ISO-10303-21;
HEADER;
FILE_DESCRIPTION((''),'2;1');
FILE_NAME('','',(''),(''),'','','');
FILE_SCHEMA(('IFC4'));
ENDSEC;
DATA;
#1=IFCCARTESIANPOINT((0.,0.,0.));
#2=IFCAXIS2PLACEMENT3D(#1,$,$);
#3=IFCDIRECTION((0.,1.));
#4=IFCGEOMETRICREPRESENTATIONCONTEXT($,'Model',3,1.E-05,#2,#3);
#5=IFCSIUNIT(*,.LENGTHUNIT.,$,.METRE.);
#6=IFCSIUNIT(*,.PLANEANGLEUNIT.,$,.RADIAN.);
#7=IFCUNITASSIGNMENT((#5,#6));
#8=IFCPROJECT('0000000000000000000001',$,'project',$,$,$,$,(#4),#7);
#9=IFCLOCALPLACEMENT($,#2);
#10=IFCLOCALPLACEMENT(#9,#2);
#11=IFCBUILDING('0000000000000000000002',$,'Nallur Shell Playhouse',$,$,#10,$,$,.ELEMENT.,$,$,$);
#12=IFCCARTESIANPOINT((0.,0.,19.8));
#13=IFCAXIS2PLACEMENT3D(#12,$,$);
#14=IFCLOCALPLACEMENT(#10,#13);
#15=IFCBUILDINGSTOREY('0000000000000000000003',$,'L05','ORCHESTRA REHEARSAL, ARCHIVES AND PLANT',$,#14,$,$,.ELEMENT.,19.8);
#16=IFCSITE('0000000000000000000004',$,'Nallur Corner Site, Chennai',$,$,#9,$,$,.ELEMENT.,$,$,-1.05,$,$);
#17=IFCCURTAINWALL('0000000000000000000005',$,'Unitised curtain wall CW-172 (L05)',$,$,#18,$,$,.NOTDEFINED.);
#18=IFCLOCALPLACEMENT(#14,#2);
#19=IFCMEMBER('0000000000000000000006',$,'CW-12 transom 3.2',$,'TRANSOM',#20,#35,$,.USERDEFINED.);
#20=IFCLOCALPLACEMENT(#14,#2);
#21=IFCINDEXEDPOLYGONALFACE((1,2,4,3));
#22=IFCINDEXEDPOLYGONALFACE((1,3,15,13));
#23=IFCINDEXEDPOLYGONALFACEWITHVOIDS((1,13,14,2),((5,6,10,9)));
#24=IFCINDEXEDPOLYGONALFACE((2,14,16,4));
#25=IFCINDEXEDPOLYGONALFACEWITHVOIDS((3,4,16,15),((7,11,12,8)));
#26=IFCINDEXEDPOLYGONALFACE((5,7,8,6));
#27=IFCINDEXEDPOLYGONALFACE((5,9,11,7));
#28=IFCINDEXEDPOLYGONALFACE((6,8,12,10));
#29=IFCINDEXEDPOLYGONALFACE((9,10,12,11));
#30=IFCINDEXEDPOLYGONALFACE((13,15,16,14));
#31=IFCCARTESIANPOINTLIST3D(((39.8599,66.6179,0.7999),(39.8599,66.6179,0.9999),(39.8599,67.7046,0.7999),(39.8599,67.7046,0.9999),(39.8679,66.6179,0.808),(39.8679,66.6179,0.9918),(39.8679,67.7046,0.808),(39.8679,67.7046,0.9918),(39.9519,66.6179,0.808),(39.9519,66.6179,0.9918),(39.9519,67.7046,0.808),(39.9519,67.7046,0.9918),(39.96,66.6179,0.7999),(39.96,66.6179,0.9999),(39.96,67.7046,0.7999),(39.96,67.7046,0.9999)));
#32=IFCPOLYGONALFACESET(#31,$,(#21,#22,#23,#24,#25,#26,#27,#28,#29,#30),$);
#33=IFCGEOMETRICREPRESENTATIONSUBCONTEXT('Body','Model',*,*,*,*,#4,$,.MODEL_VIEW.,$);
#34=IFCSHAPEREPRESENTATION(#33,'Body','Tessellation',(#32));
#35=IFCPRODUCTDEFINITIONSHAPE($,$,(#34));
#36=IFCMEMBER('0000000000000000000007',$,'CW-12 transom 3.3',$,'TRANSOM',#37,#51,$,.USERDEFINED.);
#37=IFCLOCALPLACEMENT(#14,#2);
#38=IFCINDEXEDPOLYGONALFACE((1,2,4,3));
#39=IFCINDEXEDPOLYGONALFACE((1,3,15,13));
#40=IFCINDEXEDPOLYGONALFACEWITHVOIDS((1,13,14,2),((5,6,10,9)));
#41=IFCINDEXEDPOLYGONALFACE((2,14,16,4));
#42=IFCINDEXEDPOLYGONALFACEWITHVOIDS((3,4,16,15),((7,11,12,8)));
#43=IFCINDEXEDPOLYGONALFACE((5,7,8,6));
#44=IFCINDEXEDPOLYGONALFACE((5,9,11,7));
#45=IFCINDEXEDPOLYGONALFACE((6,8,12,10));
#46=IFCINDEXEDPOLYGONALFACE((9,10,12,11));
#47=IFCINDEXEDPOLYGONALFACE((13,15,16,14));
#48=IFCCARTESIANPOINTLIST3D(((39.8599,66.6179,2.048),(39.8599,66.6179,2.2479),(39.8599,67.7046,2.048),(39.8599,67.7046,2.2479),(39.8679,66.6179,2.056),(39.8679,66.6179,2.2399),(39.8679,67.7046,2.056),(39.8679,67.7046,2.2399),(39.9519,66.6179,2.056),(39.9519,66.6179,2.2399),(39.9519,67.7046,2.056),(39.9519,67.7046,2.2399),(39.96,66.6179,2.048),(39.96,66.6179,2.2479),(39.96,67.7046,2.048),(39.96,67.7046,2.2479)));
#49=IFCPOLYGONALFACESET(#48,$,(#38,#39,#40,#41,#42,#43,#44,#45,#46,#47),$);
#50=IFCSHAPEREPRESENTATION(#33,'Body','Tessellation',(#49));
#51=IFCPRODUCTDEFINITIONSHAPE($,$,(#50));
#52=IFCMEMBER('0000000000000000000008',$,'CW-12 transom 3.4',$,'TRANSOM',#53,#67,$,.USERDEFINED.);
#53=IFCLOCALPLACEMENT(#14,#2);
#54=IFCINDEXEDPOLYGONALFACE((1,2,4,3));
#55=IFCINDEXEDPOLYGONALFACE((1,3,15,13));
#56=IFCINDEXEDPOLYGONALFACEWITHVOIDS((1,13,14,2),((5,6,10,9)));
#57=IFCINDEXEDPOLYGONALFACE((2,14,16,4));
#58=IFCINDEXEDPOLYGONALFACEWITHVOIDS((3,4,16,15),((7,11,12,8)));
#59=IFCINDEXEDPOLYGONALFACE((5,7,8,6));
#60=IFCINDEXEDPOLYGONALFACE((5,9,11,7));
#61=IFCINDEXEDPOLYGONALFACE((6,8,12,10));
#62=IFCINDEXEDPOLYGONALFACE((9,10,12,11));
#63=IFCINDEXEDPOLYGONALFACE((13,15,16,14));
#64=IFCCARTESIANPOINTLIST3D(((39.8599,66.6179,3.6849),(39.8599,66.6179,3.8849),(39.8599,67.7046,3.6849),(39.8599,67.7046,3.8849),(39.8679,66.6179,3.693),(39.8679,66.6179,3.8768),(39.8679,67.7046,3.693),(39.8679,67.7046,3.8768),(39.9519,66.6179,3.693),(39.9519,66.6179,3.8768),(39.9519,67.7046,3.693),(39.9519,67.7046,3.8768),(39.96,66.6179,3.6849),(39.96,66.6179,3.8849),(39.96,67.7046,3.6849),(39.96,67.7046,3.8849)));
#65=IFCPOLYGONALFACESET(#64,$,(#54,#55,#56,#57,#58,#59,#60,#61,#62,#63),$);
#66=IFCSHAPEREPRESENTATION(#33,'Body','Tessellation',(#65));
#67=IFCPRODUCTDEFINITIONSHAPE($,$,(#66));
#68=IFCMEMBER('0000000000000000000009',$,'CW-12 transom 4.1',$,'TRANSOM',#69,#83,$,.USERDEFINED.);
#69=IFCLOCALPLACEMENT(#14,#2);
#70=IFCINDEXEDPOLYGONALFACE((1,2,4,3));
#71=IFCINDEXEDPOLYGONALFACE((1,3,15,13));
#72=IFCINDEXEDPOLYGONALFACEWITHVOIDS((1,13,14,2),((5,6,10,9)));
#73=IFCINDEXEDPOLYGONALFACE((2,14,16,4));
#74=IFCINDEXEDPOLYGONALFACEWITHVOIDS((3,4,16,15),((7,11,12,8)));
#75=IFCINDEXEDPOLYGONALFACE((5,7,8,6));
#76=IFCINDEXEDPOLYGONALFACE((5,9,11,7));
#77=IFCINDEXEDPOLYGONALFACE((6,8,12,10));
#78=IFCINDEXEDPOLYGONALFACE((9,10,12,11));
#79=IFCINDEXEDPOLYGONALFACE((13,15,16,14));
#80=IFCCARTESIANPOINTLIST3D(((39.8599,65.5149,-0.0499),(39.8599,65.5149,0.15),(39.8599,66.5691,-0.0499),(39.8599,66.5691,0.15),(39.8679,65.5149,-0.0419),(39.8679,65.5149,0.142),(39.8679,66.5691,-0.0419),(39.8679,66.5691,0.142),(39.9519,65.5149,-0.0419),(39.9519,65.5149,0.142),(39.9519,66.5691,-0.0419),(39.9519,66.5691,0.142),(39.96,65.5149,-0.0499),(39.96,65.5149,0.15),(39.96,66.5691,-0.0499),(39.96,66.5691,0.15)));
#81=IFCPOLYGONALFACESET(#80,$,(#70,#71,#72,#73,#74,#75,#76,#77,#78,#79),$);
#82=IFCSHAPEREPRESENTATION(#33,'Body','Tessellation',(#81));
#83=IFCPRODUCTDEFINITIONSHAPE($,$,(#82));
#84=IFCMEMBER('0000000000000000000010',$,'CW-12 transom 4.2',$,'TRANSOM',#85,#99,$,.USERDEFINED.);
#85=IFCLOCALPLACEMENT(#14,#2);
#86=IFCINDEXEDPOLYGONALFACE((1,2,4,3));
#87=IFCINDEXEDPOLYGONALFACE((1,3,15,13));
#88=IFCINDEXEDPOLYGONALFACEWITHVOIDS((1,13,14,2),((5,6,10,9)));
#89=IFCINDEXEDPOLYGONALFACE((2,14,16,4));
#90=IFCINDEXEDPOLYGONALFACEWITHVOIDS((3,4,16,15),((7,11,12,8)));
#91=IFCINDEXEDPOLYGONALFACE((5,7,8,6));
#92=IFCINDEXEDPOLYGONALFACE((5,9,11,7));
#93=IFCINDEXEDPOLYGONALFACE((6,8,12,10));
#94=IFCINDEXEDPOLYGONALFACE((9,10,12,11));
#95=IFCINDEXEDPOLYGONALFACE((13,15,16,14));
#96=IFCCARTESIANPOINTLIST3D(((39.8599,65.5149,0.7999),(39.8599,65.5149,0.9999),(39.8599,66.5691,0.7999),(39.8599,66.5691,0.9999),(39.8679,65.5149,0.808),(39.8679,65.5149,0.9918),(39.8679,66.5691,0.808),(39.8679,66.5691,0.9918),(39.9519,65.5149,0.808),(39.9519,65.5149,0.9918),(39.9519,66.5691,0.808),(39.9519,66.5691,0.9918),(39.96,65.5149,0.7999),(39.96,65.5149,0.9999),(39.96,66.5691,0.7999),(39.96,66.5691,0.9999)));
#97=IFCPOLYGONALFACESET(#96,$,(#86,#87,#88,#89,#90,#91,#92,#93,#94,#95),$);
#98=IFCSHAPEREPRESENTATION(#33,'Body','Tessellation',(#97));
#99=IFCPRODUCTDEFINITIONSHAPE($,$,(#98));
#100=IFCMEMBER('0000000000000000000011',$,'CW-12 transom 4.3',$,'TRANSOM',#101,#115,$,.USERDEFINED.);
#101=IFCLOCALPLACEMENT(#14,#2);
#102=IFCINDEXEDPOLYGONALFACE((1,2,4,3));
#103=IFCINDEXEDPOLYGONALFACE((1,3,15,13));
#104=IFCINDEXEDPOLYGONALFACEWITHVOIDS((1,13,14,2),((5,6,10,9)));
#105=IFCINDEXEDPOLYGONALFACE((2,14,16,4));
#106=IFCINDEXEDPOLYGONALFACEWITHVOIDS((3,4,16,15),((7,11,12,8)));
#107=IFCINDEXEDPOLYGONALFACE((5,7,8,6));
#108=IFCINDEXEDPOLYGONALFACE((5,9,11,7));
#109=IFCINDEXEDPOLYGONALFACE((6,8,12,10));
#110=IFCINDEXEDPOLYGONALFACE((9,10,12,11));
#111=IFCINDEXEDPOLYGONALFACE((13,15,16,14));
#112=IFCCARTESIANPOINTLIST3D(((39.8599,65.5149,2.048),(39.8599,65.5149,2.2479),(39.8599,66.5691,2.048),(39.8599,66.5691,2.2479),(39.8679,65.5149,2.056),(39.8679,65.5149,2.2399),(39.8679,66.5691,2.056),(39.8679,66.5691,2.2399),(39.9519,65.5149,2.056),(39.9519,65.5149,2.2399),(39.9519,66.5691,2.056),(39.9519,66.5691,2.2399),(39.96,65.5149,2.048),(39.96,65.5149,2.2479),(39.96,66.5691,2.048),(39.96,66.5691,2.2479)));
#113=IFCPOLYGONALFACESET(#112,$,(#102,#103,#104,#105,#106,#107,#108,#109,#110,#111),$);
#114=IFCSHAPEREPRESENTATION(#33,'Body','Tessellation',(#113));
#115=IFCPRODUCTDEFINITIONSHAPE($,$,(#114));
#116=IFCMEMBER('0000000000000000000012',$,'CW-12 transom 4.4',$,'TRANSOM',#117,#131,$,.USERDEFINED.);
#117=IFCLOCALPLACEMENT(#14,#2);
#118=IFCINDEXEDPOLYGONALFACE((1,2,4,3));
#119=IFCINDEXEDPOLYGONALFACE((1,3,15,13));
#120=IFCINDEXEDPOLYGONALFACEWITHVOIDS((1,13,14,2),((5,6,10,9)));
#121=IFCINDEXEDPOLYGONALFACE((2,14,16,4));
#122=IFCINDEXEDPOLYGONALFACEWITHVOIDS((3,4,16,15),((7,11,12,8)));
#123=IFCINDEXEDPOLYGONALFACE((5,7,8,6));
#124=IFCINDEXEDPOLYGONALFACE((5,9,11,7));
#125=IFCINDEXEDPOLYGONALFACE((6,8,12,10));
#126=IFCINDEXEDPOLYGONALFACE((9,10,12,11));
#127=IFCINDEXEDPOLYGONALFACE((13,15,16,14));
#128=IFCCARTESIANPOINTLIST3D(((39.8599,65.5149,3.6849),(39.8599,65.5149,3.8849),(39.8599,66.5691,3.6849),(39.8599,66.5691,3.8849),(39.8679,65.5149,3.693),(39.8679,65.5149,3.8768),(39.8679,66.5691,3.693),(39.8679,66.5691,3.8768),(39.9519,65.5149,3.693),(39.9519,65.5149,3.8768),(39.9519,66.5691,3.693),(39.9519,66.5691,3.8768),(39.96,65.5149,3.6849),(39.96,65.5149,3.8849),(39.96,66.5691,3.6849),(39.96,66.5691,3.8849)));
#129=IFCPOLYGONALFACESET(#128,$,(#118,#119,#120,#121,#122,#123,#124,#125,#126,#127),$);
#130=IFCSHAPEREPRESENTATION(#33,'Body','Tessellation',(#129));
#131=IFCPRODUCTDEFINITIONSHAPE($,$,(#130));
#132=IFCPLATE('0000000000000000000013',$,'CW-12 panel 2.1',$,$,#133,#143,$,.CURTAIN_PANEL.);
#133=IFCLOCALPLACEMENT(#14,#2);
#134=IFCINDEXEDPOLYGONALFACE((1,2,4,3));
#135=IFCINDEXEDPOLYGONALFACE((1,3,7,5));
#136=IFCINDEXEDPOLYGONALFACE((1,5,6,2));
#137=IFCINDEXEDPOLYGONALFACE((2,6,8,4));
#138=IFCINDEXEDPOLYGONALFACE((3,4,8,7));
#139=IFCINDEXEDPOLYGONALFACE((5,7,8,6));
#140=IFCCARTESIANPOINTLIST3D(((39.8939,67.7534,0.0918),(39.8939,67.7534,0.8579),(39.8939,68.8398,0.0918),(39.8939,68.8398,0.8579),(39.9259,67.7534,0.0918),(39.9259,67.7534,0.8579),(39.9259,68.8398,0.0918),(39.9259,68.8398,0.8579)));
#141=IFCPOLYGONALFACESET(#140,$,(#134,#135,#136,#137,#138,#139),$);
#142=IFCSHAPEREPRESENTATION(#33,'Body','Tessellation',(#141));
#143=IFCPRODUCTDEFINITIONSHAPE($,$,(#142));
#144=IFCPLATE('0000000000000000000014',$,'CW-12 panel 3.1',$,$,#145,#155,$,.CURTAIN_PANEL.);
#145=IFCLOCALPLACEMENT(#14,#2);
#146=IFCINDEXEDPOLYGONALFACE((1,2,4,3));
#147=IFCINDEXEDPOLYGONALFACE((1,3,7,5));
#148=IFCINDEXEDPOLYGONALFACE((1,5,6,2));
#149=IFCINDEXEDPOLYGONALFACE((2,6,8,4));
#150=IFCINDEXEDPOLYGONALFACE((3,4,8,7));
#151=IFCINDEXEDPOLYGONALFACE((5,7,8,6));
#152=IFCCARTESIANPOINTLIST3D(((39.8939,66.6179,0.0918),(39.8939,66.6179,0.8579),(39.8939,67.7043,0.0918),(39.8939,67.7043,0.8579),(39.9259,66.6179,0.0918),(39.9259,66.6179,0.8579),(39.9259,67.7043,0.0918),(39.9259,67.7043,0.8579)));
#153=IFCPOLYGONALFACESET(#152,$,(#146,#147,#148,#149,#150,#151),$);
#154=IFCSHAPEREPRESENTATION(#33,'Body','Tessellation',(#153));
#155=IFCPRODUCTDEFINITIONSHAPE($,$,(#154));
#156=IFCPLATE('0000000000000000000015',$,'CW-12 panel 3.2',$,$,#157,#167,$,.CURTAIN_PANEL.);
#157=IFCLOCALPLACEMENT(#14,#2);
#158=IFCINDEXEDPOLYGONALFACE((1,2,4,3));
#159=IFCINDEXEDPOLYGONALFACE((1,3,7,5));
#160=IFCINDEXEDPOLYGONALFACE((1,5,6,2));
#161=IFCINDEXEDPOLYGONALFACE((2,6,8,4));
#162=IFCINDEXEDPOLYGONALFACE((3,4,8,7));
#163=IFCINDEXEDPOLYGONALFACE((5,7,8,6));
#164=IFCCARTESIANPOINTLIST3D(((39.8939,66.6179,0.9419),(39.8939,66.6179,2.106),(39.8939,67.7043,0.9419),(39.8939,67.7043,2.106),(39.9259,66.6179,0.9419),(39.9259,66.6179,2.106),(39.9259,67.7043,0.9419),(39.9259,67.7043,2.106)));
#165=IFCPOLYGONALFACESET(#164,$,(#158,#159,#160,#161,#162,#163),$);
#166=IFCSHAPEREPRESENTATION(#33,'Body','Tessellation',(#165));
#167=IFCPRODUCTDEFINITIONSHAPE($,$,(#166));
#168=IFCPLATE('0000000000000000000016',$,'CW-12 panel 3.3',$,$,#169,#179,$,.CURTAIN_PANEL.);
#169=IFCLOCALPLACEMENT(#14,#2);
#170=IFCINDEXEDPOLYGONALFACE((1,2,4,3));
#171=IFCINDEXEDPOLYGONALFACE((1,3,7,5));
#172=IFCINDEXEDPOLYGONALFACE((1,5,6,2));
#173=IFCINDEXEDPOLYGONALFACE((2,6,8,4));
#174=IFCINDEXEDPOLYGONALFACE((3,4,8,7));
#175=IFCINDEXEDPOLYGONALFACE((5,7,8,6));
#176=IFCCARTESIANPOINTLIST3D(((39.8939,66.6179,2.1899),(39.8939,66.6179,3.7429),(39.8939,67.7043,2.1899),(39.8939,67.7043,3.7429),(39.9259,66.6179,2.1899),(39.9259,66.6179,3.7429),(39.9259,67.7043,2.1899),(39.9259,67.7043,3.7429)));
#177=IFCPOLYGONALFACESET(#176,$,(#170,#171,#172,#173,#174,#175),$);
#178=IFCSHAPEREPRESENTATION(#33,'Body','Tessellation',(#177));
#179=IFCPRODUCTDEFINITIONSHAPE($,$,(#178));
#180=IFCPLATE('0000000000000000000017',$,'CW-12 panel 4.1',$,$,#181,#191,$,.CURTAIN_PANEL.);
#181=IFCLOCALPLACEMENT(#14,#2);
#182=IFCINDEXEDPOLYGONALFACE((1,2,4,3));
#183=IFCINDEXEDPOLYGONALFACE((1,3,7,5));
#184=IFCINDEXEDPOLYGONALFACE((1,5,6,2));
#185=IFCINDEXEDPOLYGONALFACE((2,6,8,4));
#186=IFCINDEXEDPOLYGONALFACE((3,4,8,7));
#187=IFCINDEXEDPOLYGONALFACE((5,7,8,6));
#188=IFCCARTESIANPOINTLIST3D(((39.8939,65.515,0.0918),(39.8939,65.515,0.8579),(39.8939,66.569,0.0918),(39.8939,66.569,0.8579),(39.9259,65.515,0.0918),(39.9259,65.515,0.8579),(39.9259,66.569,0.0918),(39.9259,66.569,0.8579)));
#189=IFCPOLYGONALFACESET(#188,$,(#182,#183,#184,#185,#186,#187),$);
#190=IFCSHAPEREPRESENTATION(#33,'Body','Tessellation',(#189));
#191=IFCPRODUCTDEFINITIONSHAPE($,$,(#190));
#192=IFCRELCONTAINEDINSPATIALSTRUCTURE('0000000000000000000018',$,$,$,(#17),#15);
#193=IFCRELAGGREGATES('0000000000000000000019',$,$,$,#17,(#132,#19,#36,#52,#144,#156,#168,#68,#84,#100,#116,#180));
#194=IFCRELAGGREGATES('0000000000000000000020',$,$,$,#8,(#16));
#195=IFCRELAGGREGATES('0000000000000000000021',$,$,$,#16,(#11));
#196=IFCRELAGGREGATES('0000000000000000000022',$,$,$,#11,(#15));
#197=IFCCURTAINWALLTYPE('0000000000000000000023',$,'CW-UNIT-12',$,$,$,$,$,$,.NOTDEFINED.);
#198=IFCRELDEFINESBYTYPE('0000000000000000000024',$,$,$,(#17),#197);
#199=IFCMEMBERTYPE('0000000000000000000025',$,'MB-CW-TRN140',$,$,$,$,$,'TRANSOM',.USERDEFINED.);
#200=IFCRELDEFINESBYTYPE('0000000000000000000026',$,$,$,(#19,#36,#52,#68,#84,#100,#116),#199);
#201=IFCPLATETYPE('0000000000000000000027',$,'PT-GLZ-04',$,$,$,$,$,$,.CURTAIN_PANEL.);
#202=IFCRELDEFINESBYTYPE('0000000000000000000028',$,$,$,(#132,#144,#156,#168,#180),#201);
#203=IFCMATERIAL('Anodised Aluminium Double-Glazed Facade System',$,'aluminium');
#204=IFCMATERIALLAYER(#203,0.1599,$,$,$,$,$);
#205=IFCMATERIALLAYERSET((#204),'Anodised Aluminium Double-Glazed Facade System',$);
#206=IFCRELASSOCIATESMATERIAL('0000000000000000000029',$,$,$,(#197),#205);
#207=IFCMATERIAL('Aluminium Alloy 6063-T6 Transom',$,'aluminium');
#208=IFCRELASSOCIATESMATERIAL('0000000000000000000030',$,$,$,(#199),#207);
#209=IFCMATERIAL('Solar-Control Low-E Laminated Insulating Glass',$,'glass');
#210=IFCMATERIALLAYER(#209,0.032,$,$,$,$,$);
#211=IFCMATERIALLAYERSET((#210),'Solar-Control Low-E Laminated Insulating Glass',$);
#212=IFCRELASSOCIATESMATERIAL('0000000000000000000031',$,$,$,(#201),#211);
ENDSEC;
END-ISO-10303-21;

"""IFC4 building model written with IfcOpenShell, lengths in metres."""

from ifc_helpers import new_model, si_unit, direction, frame, origin, origin_2d, place, context, subcontext, project, spatial, rectangle, hollow_rectangle, extrude, material, layer, layer_set, material_profile, profile_set, type_object, element, aggregate, save


model = new_model("IFC4")

# Units and contexts
model_context = context("Model", 3, precision=1e-05, world=origin(), true_north=direction((0.0, 1.0)))
body_context = subcontext(model_context, "Body", "Model", "MODEL_VIEW")
ifc_project = project(units=[si_unit("LENGTHUNIT", "METRE"), si_unit("PLANEANGLEUNIT", "RADIAN")], contexts=[model_context])

# Site, building, storey
site_placement = place(None, origin())
site = spatial("IfcSite", under=ifc_project, at=site_placement, Name="Nallur Corner Site, Chennai", CompositionType="ELEMENT", RefElevation=-1.05)
building_placement = place(site_placement, origin())
building = spatial("IfcBuilding", under=site, at=building_placement, Name="Nallur Shell Playhouse", CompositionType="ELEMENT")
storey_placement = place(building_placement, frame((0.0, 0.0, 19.8)))
storey = spatial("IfcBuildingStorey", under=building, at=storey_placement, Name="L05", Description="ORCHESTRA REHEARSAL, ARCHIVES AND PLANT", CompositionType="ELEMENT", Elevation=19.8)

# Curtain wall, members, plates
ifc_material_1 = material(Name="Anodised Aluminium Double-Glazed Facade System", Category="aluminium")
ifc_layer_1 = layer(ifc_material_1, 0.1599)
ifc_layer_set_1 = layer_set([ifc_layer_1], Name="Anodised Aluminium Double-Glazed Facade System")
curtain_wall_type = type_object("IfcCurtainWallType", Name="CW-UNIT-12", PredefinedType="NOTDEFINED", material=ifc_layer_set_1)
curtain_wall_placement = place(storey_placement, origin())
curtain_wall = element("IfcCurtainWall", 1, at=curtain_wall_placement, inside=storey, type_object=curtain_wall_type, Name="Unitised curtain wall CW-172 (L05)", PredefinedType="NOTDEFINED")
ifc_material_2 = material(Name="Aluminium Alloy 6063-T6 Transom", Category="aluminium")
ifc_material_profile_1 = material_profile(ifc_material_2, hollow_rectangle(XDim=0.1001, YDim=0.2, WallThickness=0.0081, at=origin_2d()), Name="RHS 200x100x8")
ifc_profile_set_1 = profile_set([ifc_material_profile_1], Name="Aluminium Alloy 6063-T6 Transom")
member_type_1 = type_object("IfcMemberType", Name="MB-CW-TRN140", ElementType="TRANSOM", PredefinedType="USERDEFINED", material=ifc_profile_set_1)
member_1_placement = place(storey_placement, frame((39.9099, 67.7046, 0.8999), z_axis=(0.0, -1.0, 0.0), x_axis=(1.0, 0.0, 0.0)))
member_1 = element("IfcMember", 2, at=member_1_placement, type_object=member_type_1, Name="CW-12 transom 3.2", ObjectType="TRANSOM", PredefinedType="USERDEFINED", context=body_context, shape_type="SweptSolid", body=[
    extrude(hollow_rectangle(XDim=0.1001, YDim=0.2, WallThickness=0.0081, at=origin_2d()), origin(), (0.0, 0.0, 1.0), 1.0867),
])
member_2_placement = place(storey_placement, frame((39.9099, 67.7046, 2.1479), z_axis=(0.0, -1.0, 0.0), x_axis=(1.0, 0.0, 0.0)))
member_2 = element("IfcMember", 3, at=member_2_placement, type_object=member_type_1, Name="CW-12 transom 3.3", ObjectType="TRANSOM", PredefinedType="USERDEFINED", context=body_context, shape_type="SweptSolid", body=[
    extrude(hollow_rectangle(XDim=0.1001, YDim=0.2, WallThickness=0.0081, at=origin_2d()), origin(), (0.0, 0.0, 1.0), 1.0867),
])
member_3_placement = place(storey_placement, frame((39.9099, 67.7046, 3.7849), z_axis=(0.0, -1.0, 0.0), x_axis=(1.0, 0.0, 0.0)))
member_3 = element("IfcMember", 4, at=member_3_placement, type_object=member_type_1, Name="CW-12 transom 3.4", ObjectType="TRANSOM", PredefinedType="USERDEFINED", context=body_context, shape_type="SweptSolid", body=[
    extrude(hollow_rectangle(XDim=0.1001, YDim=0.2, WallThickness=0.0081, at=origin_2d()), origin(), (0.0, 0.0, 1.0), 1.0867),
])
member_4_placement = place(storey_placement, frame((39.9099, 66.5691, 0.05), z_axis=(0.0, -1.0, 0.0), x_axis=(1.0, 0.0, 0.0)))
member_4 = element("IfcMember", 5, at=member_4_placement, type_object=member_type_1, Name="CW-12 transom 4.1", ObjectType="TRANSOM", PredefinedType="USERDEFINED", context=body_context, shape_type="SweptSolid", body=[
    extrude(hollow_rectangle(XDim=0.1001, YDim=0.2, WallThickness=0.0081, at=origin_2d()), origin(), (0.0, 0.0, 1.0), 1.0542),
])
member_5_placement = place(storey_placement, frame((39.9099, 66.5691, 0.8999), z_axis=(0.0, -1.0, 0.0), x_axis=(1.0, 0.0, 0.0)))
member_5 = element("IfcMember", 6, at=member_5_placement, type_object=member_type_1, Name="CW-12 transom 4.2", ObjectType="TRANSOM", PredefinedType="USERDEFINED", context=body_context, shape_type="SweptSolid", body=[
    extrude(hollow_rectangle(XDim=0.1001, YDim=0.2, WallThickness=0.0081, at=origin_2d()), origin(), (0.0, 0.0, 1.0), 1.0542),
])
member_6_placement = place(storey_placement, frame((39.9099, 66.5691, 2.1479), z_axis=(0.0, -1.0, 0.0), x_axis=(1.0, 0.0, 0.0)))
member_6 = element("IfcMember", 7, at=member_6_placement, type_object=member_type_1, Name="CW-12 transom 4.3", ObjectType="TRANSOM", PredefinedType="USERDEFINED", context=body_context, shape_type="SweptSolid", body=[
    extrude(hollow_rectangle(XDim=0.1001, YDim=0.2, WallThickness=0.0081, at=origin_2d()), origin(), (0.0, 0.0, 1.0), 1.0542),
])
member_7_placement = place(storey_placement, frame((39.9099, 66.5691, 3.7849), z_axis=(0.0, -1.0, 0.0), x_axis=(1.0, 0.0, 0.0)))
member_7 = element("IfcMember", 8, at=member_7_placement, type_object=member_type_1, Name="CW-12 transom 4.4", ObjectType="TRANSOM", PredefinedType="USERDEFINED", context=body_context, shape_type="SweptSolid", body=[
    extrude(hollow_rectangle(XDim=0.1001, YDim=0.2, WallThickness=0.0081, at=origin_2d()), origin(), (0.0, 0.0, 1.0), 1.0542),
])
ifc_material_3 = material(Name="Solar-Control Low-E Laminated Insulating Glass", Category="glass")
ifc_layer_2 = layer(ifc_material_3, 0.032)
ifc_layer_set_2 = layer_set([ifc_layer_2], Name="Solar-Control Low-E Laminated Insulating Glass")
plate_type_1 = type_object("IfcPlateType", Name="PT-GLZ-04", PredefinedType="CURTAIN_PANEL", material=ifc_layer_set_2)
plate_1_placement = place(storey_placement, frame((39.9099, 68.2966, 0.0918), z_axis=(0.0, 0.0, 1.0), x_axis=(0.0, -1.0, 0.0)))
plate_1 = element("IfcPlate", 9, at=plate_1_placement, type_object=plate_type_1, Name="CW-12 panel 2.1", PredefinedType="CURTAIN_PANEL", context=body_context, shape_type="SweptSolid", body=[
    extrude(rectangle(XDim=1.0864, YDim=0.032, at=origin_2d()), origin(), (0.0, 0.0, 1.0), 0.7661),
])
plate_2_placement = place(storey_placement, frame((39.9099, 67.1611, 0.0918), z_axis=(0.0, 0.0, 1.0), x_axis=(0.0, -1.0, 0.0)))
plate_2 = element("IfcPlate", 10, at=plate_2_placement, type_object=plate_type_1, Name="CW-12 panel 3.1", PredefinedType="CURTAIN_PANEL", context=body_context, shape_type="SweptSolid", body=[
    extrude(rectangle(XDim=1.0864, YDim=0.032, at=origin_2d()), origin(), (0.0, 0.0, 1.0), 0.7661),
])
plate_3_placement = place(storey_placement, frame((39.9099, 67.1611, 0.9419), z_axis=(0.0, 0.0, 1.0), x_axis=(0.0, -1.0, 0.0)))
plate_3 = element("IfcPlate", 11, at=plate_3_placement, type_object=plate_type_1, Name="CW-12 panel 3.2", PredefinedType="CURTAIN_PANEL", context=body_context, shape_type="SweptSolid", body=[
    extrude(rectangle(XDim=1.0864, YDim=0.032, at=origin_2d()), origin(), (0.0, 0.0, 1.0), 1.1641),
])
plate_4_placement = place(storey_placement, frame((39.9099, 67.1611, 2.1899), z_axis=(0.0, 0.0, 1.0), x_axis=(0.0, -1.0, 0.0)))
plate_4 = element("IfcPlate", 12, at=plate_4_placement, type_object=plate_type_1, Name="CW-12 panel 3.3", PredefinedType="CURTAIN_PANEL", context=body_context, shape_type="SweptSolid", body=[
    extrude(rectangle(XDim=1.0864, YDim=0.032, at=origin_2d()), origin(), (0.0, 0.0, 1.0), 1.553),
])
plate_5_placement = place(storey_placement, frame((39.9099, 66.042, 0.0918), z_axis=(0.0, 0.0, 1.0), x_axis=(0.0, -1.0, 0.0)))
plate_5 = element("IfcPlate", 13, at=plate_5_placement, type_object=plate_type_1, Name="CW-12 panel 4.1", PredefinedType="CURTAIN_PANEL", context=body_context, shape_type="SweptSolid", body=[
    extrude(rectangle(XDim=1.054, YDim=0.032, at=origin_2d()), origin(), (0.0, 0.0, 1.0), 0.7661),
])
aggregate(curtain_wall, [plate_1, member_1, member_2, member_3, plate_2, plate_3, plate_4, member_4, member_5, member_6, member_7, plate_5])

save(model, "model.ifc")
